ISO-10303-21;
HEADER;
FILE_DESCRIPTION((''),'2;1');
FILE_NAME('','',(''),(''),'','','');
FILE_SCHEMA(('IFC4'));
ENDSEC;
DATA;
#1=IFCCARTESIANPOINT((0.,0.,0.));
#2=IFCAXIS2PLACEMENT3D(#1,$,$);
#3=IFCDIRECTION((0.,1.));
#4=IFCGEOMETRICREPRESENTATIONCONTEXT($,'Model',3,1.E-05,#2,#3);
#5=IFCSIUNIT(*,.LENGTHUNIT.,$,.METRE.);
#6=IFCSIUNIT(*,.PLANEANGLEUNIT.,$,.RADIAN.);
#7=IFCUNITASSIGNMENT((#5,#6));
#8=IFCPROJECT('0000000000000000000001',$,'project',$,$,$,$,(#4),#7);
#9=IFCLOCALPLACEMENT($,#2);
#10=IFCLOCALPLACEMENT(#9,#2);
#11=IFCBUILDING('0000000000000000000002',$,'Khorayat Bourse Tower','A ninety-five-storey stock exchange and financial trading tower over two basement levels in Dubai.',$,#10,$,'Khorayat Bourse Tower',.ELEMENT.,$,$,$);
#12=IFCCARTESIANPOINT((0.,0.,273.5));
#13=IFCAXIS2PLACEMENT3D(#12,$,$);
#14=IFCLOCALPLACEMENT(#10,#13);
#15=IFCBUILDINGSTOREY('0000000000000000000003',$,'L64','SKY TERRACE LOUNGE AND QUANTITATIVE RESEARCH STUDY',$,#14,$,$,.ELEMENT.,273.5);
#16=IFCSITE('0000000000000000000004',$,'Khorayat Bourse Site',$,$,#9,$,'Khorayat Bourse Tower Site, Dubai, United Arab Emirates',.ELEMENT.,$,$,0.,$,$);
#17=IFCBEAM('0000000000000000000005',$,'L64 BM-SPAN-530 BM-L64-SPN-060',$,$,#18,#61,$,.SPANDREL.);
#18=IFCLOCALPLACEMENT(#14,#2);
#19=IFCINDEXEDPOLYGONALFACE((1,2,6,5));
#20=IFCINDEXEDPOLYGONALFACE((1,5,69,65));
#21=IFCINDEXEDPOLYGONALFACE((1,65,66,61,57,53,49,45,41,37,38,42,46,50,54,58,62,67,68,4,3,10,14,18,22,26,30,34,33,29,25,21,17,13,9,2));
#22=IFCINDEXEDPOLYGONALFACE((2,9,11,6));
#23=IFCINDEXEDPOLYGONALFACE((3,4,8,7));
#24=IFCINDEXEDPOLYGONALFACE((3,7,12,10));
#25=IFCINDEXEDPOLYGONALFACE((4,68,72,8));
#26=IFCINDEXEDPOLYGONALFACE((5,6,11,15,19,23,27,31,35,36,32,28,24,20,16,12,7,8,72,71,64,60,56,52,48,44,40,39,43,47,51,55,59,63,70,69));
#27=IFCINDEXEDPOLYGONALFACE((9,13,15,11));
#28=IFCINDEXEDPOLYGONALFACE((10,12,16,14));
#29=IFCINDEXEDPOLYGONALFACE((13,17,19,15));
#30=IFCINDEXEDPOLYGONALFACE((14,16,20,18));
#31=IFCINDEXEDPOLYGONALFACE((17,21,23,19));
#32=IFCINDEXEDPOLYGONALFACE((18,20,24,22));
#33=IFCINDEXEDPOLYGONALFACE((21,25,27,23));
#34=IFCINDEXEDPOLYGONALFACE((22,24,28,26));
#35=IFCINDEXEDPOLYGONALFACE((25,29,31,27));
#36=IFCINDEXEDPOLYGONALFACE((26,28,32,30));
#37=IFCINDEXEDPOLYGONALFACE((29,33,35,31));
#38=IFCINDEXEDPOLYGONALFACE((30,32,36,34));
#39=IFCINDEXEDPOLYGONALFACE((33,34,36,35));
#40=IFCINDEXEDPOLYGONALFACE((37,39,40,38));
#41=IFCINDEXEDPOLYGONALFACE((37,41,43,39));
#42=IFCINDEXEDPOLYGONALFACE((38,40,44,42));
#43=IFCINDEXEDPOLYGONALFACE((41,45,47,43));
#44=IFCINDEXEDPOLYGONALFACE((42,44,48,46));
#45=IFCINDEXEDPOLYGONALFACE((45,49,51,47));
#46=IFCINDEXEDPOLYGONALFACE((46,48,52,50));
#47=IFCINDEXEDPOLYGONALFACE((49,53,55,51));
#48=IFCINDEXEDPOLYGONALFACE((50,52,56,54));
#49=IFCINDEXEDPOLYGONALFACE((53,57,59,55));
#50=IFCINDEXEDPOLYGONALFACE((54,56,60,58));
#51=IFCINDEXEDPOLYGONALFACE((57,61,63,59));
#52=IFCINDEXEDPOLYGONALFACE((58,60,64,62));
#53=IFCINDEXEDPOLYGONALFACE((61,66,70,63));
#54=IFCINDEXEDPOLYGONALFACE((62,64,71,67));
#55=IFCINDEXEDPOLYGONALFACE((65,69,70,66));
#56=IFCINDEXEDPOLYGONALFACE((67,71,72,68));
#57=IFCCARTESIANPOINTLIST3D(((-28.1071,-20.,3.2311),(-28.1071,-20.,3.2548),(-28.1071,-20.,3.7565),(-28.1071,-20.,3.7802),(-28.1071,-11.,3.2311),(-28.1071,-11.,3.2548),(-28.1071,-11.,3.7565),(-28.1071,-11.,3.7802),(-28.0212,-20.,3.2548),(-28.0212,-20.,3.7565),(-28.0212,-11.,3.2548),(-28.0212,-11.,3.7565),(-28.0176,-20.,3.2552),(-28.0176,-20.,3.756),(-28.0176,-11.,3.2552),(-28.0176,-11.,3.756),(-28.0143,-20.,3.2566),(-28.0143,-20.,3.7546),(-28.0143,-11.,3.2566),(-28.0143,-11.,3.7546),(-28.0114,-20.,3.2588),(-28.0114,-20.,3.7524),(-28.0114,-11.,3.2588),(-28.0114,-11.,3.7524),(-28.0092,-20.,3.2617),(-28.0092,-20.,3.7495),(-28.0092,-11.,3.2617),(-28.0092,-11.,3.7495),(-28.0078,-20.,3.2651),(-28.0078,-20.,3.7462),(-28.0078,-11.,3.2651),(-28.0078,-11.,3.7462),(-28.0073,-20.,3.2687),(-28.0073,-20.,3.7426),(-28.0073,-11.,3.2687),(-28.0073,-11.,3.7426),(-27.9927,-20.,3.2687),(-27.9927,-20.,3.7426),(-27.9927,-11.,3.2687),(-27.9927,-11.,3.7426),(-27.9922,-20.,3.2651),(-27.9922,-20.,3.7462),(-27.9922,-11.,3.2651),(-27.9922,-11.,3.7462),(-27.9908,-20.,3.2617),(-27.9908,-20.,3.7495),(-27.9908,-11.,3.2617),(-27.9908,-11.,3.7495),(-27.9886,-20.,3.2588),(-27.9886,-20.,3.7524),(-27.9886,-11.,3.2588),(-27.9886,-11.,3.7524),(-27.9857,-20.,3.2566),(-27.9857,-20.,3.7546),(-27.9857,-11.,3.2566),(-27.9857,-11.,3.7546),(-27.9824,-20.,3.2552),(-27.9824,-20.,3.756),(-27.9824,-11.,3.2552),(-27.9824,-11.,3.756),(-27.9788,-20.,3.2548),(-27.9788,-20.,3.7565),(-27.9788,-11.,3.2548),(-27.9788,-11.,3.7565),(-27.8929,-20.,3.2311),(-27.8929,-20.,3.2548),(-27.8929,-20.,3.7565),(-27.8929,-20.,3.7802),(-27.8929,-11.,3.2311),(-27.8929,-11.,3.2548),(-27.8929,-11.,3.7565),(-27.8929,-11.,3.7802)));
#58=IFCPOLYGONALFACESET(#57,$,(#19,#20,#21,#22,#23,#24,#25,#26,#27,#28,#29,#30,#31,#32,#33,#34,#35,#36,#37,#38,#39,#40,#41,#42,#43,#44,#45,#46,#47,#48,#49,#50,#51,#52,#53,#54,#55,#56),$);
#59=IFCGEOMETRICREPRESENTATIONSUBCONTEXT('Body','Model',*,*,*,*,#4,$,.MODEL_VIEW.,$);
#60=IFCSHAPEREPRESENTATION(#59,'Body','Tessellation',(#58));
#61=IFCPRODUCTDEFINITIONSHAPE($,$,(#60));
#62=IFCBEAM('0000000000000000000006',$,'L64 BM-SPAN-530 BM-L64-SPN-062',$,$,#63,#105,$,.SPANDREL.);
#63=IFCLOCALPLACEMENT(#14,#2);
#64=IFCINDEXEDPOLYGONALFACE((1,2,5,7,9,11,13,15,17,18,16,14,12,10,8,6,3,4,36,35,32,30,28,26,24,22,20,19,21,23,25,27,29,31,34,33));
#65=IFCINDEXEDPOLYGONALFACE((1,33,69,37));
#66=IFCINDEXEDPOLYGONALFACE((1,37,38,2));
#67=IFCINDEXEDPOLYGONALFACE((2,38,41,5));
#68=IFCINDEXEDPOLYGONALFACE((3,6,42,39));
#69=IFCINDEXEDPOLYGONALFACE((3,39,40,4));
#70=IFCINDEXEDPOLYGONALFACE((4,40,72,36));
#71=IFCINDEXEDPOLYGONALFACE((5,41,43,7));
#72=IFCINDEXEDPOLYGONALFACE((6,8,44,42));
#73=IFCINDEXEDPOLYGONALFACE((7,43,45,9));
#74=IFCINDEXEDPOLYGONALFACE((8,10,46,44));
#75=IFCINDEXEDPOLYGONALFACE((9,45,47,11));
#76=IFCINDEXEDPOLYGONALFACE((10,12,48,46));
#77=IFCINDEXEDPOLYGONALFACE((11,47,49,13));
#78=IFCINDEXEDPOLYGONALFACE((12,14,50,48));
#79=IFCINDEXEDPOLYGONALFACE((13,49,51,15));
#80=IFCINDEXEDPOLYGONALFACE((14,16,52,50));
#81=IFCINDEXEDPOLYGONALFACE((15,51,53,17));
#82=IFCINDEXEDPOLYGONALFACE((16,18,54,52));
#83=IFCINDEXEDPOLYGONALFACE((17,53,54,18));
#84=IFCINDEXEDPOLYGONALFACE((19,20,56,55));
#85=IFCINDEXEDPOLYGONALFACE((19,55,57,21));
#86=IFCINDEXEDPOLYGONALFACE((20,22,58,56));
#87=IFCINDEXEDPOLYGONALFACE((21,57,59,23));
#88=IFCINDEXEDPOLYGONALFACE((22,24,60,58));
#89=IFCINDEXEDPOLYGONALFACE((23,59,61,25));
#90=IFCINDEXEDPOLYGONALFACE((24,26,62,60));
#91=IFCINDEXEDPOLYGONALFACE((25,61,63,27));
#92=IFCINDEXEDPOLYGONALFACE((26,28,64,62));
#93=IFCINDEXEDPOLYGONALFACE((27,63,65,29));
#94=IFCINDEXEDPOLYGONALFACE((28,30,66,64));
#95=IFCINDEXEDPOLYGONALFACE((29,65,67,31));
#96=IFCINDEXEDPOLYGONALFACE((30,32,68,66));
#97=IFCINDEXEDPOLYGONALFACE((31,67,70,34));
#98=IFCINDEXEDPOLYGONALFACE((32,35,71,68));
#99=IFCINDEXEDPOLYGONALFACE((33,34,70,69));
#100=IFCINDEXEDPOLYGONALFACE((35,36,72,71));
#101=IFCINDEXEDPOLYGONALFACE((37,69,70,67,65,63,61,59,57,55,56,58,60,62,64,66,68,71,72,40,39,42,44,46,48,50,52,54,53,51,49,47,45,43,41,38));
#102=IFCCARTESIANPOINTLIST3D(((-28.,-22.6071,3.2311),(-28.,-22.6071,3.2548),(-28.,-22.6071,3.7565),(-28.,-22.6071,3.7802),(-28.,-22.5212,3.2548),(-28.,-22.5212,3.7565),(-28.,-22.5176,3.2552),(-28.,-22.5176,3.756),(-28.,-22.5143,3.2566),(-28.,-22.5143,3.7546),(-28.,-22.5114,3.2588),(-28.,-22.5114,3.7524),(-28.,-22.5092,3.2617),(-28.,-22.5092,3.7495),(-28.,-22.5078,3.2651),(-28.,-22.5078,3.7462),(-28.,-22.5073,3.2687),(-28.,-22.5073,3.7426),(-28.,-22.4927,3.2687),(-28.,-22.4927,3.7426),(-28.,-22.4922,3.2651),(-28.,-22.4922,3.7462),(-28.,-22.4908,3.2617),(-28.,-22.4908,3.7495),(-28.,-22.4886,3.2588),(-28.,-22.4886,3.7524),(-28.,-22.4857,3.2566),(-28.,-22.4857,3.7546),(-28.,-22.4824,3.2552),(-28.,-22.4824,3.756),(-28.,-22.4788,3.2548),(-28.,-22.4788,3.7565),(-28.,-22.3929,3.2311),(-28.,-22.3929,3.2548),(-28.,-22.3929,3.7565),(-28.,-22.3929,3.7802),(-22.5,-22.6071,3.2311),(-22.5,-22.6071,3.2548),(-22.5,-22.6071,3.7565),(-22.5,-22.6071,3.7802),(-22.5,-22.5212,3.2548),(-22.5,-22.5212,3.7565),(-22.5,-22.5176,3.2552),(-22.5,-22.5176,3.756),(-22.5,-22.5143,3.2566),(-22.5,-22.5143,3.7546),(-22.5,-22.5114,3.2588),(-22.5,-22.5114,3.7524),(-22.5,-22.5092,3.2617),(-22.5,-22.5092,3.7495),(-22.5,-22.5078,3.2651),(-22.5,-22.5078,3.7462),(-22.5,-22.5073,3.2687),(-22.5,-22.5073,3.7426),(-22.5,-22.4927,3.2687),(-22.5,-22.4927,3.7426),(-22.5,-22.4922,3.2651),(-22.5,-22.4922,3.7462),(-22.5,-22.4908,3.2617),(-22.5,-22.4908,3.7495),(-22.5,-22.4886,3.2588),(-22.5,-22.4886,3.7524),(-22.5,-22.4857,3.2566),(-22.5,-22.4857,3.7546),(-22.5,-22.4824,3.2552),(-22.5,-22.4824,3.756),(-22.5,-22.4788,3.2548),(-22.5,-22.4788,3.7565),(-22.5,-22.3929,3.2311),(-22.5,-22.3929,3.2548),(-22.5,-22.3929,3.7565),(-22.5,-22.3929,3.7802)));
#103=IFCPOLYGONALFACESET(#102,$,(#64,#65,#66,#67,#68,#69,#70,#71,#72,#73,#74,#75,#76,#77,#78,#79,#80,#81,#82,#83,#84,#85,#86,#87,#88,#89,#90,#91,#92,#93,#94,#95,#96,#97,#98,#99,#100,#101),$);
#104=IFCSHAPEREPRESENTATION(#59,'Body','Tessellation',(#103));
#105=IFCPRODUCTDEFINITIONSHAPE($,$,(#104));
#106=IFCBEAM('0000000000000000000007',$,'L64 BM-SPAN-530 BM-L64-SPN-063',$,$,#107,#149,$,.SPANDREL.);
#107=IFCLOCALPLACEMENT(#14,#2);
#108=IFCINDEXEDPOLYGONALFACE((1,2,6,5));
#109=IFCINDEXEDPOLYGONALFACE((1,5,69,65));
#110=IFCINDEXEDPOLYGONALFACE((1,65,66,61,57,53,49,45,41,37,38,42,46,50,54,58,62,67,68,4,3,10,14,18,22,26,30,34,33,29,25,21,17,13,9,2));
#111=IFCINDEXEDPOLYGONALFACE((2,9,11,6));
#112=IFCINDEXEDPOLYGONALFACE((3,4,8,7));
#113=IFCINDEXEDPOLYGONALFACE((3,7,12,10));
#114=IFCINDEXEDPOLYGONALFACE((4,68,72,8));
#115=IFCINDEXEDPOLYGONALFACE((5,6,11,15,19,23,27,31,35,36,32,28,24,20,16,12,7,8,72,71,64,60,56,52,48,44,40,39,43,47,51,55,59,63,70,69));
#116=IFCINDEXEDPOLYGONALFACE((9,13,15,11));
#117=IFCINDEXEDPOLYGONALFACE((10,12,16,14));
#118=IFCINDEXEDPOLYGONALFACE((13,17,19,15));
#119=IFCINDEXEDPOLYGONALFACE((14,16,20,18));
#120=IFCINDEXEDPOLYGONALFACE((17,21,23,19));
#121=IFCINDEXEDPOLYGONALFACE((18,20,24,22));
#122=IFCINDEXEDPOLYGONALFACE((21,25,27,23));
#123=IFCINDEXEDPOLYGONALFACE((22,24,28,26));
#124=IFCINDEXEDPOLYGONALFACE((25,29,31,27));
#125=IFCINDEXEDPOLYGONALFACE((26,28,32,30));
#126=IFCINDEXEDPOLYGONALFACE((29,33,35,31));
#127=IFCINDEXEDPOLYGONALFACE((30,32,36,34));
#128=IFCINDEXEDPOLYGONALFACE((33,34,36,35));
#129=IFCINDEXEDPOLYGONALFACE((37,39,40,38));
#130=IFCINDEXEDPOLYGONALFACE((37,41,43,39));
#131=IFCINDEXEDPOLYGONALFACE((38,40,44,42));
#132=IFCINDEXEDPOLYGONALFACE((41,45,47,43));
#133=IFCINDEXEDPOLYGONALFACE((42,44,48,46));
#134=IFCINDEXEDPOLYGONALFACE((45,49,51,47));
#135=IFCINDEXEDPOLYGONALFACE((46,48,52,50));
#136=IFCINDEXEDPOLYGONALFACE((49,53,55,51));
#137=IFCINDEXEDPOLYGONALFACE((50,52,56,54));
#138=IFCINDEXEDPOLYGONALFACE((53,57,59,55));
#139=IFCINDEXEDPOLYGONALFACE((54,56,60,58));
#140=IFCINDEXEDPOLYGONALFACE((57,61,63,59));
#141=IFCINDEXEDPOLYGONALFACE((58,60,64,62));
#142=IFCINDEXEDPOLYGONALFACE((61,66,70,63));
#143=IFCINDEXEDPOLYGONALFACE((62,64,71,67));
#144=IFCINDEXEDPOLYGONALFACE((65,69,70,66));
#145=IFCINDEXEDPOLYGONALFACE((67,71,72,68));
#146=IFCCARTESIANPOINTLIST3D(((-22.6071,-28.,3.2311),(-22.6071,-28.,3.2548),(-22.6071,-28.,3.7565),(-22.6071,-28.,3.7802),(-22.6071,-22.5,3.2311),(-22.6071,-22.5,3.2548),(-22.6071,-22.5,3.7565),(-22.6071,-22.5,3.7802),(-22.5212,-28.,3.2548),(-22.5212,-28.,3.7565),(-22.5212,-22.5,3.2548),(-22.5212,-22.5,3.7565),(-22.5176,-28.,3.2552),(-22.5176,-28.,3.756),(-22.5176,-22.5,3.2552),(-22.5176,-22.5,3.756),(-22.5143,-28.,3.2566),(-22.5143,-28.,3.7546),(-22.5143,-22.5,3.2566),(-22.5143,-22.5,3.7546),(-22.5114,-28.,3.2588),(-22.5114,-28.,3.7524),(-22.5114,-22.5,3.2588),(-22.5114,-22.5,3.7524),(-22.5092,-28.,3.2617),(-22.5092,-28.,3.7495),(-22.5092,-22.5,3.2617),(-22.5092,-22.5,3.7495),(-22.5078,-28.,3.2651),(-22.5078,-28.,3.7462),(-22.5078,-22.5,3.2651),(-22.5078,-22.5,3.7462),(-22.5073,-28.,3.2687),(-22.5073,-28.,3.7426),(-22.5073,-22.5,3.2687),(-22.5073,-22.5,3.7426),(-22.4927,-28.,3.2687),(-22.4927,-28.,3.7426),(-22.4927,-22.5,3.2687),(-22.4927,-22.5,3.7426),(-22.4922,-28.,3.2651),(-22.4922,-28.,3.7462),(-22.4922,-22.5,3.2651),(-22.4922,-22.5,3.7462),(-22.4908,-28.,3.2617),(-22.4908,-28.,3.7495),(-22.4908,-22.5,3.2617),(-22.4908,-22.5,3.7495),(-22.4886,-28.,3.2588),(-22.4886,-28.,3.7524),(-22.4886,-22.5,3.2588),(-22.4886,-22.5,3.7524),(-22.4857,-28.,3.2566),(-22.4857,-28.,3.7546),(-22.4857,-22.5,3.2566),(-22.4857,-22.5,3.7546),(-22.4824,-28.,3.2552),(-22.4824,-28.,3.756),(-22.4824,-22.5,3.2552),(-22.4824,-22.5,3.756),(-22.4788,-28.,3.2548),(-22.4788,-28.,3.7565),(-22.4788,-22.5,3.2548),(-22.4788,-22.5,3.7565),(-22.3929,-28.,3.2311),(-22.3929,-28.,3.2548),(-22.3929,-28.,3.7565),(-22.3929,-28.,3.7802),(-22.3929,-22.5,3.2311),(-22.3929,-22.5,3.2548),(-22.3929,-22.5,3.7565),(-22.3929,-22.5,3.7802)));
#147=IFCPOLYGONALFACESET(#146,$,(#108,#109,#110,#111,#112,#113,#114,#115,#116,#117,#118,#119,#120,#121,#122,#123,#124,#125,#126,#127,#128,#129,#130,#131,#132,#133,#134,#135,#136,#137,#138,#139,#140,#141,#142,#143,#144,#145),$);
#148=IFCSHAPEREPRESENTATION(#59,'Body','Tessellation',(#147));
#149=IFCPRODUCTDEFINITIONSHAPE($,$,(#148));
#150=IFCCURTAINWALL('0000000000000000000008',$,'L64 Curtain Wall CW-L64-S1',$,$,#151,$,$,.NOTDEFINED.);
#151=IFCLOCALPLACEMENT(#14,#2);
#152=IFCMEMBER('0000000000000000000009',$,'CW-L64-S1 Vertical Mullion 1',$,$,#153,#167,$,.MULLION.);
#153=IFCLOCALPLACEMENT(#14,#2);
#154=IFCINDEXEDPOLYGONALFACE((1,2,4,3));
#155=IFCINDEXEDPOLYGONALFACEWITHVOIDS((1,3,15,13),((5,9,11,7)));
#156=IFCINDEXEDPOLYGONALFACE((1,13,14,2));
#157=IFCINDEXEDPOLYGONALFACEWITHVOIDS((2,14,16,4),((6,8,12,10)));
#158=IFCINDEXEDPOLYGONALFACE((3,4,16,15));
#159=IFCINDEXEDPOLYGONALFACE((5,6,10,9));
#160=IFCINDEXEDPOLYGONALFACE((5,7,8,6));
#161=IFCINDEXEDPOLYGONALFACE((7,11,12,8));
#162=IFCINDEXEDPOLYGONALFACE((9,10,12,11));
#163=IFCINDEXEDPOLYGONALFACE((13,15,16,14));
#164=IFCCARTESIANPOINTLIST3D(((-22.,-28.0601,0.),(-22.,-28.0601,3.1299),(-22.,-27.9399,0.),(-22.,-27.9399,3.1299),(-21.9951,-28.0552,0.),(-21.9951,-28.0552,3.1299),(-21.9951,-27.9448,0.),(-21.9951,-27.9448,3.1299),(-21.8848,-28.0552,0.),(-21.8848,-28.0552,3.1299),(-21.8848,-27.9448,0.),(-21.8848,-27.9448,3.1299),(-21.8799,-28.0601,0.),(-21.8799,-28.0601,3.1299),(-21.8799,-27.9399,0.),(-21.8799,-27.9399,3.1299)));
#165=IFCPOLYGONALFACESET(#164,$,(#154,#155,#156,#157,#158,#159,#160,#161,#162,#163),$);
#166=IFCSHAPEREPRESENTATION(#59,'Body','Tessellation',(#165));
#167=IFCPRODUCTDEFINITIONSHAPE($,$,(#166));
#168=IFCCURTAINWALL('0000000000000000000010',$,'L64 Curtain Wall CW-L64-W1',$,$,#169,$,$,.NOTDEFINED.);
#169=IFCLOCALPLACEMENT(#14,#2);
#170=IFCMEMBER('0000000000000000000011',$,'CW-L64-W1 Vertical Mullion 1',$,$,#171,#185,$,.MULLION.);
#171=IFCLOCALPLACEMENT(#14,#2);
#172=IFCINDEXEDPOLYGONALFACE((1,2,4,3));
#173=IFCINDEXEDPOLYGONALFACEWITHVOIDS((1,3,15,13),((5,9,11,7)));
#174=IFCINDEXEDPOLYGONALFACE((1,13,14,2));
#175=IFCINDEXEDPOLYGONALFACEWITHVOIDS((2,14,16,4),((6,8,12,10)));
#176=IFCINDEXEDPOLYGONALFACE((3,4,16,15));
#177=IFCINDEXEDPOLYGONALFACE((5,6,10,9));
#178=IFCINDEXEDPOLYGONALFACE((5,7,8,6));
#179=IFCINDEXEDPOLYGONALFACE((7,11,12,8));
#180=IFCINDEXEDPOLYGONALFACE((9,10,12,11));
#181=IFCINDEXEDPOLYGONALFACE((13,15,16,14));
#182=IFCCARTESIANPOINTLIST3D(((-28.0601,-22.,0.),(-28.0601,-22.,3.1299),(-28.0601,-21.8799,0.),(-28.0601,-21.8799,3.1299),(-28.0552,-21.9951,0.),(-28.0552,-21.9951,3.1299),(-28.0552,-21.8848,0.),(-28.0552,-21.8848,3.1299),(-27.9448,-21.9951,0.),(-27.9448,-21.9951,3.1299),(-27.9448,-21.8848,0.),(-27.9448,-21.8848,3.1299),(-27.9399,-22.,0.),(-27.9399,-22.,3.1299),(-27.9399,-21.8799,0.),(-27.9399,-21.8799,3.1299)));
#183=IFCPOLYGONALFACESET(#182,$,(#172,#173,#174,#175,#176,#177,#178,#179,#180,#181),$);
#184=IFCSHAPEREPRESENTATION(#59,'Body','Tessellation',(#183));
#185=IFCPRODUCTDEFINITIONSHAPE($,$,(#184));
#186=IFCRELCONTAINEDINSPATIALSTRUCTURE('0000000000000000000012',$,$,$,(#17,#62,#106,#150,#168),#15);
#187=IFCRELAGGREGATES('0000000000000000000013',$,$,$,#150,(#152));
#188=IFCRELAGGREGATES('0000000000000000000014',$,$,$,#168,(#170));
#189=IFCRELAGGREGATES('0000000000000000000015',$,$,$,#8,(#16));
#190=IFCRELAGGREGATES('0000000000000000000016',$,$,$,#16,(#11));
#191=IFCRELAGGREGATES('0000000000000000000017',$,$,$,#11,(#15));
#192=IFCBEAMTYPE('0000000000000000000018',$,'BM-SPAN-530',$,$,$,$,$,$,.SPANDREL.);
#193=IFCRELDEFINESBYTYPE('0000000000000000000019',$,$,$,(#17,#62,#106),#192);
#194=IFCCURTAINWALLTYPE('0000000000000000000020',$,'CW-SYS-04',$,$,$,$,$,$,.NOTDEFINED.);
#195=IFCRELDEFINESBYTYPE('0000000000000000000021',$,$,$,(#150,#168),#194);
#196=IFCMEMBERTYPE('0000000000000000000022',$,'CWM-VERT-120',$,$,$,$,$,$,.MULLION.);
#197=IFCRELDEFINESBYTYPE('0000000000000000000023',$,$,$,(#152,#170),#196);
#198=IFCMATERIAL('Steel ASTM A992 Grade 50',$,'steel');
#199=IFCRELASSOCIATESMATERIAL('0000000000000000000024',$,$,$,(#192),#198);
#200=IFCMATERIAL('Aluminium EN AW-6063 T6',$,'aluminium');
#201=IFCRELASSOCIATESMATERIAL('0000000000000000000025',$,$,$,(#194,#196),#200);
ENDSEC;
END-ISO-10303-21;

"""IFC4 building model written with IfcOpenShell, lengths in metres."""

from ifc_helpers import new_model, si_unit, direction, frame, origin, origin_2d, place, context, subcontext, project, spatial, hollow_rectangle, i_section, extrude, source, transform, mapped, material, material_profile, profile_set, type_object, element, aggregate, save


model = new_model("IFC4")

# Units and contexts
model_context = context("Model", 3, precision=1e-05, world=origin(), true_north=direction((0.0, 1.0)))
body_context = subcontext(model_context, "Body", "Model", "MODEL_VIEW")
ifc_project = project(units=[si_unit("LENGTHUNIT", "METRE"), si_unit("PLANEANGLEUNIT", "RADIAN")], contexts=[model_context])

# Site, building, storey
site_placement = place(None, origin())
site = spatial("IfcSite", under=ifc_project, at=site_placement, Name="Khorayat Bourse Site", LongName="Khorayat Bourse Tower Site, Dubai, United Arab Emirates", CompositionType="ELEMENT", RefElevation=0.0)
building_placement = place(site_placement, origin())
building = spatial("IfcBuilding", under=site, at=building_placement, Name="Khorayat Bourse Tower", Description="A ninety-five-storey stock exchange and financial trading tower over two basement levels in Dubai.", LongName="Khorayat Bourse Tower", CompositionType="ELEMENT")
storey_placement = place(building_placement, frame((0.0, 0.0, 273.5)))
storey = spatial("IfcBuildingStorey", under=building, at=storey_placement, Name="L64", Description="SKY TERRACE LOUNGE AND QUANTITATIVE RESEARCH STUDY", CompositionType="ELEMENT", Elevation=273.5)

# Beams
ifc_material_1 = material(Name="Steel ASTM A992 Grade 50", Category="steel")
ifc_material_profile_1 = material_profile(ifc_material_1, i_section(OverallWidth=0.2141, OverallDepth=0.5491, WebThickness=0.0146, FlangeThickness=0.0237, FilletRadius=0.0139, at=origin_2d()), Name="W530X138")
ifc_profile_set_1 = profile_set([ifc_material_profile_1], Name="Steel ASTM A992 Grade 50")
beam_type_1 = type_object("IfcBeamType", Name="BM-SPAN-530", PredefinedType="SPANDREL", material=ifc_profile_set_1)
shared_shape_1 = source(origin(), body_context, "Body", "SweptSolid", [
    extrude(i_section(OverallWidth=0.2141, OverallDepth=0.5491, WebThickness=0.0146, FlangeThickness=0.0237, FilletRadius=0.0139, at=origin_2d()), origin(), (0.0, 0.0, 1.0), 9.0),
])
for number, where, z_axis, x_axis, name in (
    (1, (-28.0, -20.0, 3.5056), (0.0, 1.0, 0.0), (-1.0, 0.0, 0.0), "L64 BM-SPAN-530 BM-L64-SPN-060"),
):
    element("IfcBeam", number, at=place(storey_placement, frame(where, z_axis=z_axis, x_axis=x_axis)), inside=storey, type_object=beam_type_1, Name=name, PredefinedType="SPANDREL", context=body_context, shape_type="MappedRepresentation", body=[
        mapped(shared_shape_1, transform((0.0, 0.0, 0.0), scale=1.0)),
    ])
shared_shape_2 = source(origin(), body_context, "Body", "SweptSolid", [
    extrude(i_section(OverallWidth=0.2141, OverallDepth=0.5491, WebThickness=0.0146, FlangeThickness=0.0237, FilletRadius=0.0139, at=origin_2d()), origin(), (0.0, 0.0, 1.0), 5.5),
])
for number, where, z_axis, x_axis, name in (
    (2, (-28.0, -22.5, 3.5056), (1.0, 0.0, 0.0), (0.0, 1.0, 0.0), "L64 BM-SPAN-530 BM-L64-SPN-062"),
    (3, (-22.5, -28.0, 3.5056), (0.0, 1.0, 0.0), (-1.0, 0.0, 0.0), "L64 BM-SPAN-530 BM-L64-SPN-063"),
):
    element("IfcBeam", number, at=place(storey_placement, frame(where, z_axis=z_axis, x_axis=x_axis)), inside=storey, type_object=beam_type_1, Name=name, PredefinedType="SPANDREL", context=body_context, shape_type="MappedRepresentation", body=[
        mapped(shared_shape_2, transform((0.0, 0.0, 0.0), scale=1.0)),
    ])

# Curtain walls, members
ifc_material_2 = material(Name="Aluminium EN AW-6063 T6", Category="aluminium")
curtain_wall_type = type_object("IfcCurtainWallType", Name="CW-SYS-04", PredefinedType="NOTDEFINED", material=ifc_material_2)
curtain_wall_1_placement = place(storey_placement, origin())
curtain_wall_1 = element("IfcCurtainWall", 4, at=curtain_wall_1_placement, inside=storey, type_object=curtain_wall_type, Name="L64 Curtain Wall CW-L64-S1", PredefinedType="NOTDEFINED")
ifc_material_profile_2 = material_profile(ifc_material_2, hollow_rectangle(XDim=0.1201, YDim=0.1201, WallThickness=0.0049, at=origin_2d()), Name="ALU 120x120x5")
ifc_profile_set_2 = profile_set([ifc_material_profile_2], Name="Aluminium EN AW-6063 T6")
member_type_1 = type_object("IfcMemberType", Name="CWM-VERT-120", PredefinedType="MULLION", material=ifc_profile_set_2)
shared_shape_3 = source(origin(), body_context, "Body", "SweptSolid", [
    extrude(hollow_rectangle(XDim=0.1201, YDim=0.1201, WallThickness=0.0049, at=origin_2d()), origin(), (0.0, 0.0, 1.0), 3.1299),
])
member_1_placement = place(storey_placement, frame((-21.9399, -28.0, 0.0), z_axis=(0.0, 0.0, 1.0), x_axis=(0.0, 1.0, 0.0)))
member_1 = element("IfcMember", 5, at=member_1_placement, type_object=member_type_1, Name="CW-L64-S1 Vertical Mullion 1", PredefinedType="MULLION", context=body_context, shape_type="MappedRepresentation", body=[
    mapped(shared_shape_3, transform((0.0, 0.0, 0.0), scale=1.0)),
])
curtain_wall_2_placement = place(storey_placement, origin())
curtain_wall_2 = element("IfcCurtainWall", 6, at=curtain_wall_2_placement, inside=storey, type_object=curtain_wall_type, Name="L64 Curtain Wall CW-L64-W1", PredefinedType="NOTDEFINED")
member_2_placement = place(storey_placement, frame((-28.0, -21.9399, 0.0), z_axis=(0.0, 0.0, 1.0), x_axis=(-1.0, 0.0, 0.0)))
member_2 = element("IfcMember", 7, at=member_2_placement, type_object=member_type_1, Name="CW-L64-W1 Vertical Mullion 1", PredefinedType="MULLION", context=body_context, shape_type="MappedRepresentation", body=[
    mapped(shared_shape_3, transform((0.0, 0.0, 0.0), scale=1.0)),
])

aggregate(curtain_wall_1, [member_1])
aggregate(curtain_wall_2, [member_2])

save(model, "model.ifc")
